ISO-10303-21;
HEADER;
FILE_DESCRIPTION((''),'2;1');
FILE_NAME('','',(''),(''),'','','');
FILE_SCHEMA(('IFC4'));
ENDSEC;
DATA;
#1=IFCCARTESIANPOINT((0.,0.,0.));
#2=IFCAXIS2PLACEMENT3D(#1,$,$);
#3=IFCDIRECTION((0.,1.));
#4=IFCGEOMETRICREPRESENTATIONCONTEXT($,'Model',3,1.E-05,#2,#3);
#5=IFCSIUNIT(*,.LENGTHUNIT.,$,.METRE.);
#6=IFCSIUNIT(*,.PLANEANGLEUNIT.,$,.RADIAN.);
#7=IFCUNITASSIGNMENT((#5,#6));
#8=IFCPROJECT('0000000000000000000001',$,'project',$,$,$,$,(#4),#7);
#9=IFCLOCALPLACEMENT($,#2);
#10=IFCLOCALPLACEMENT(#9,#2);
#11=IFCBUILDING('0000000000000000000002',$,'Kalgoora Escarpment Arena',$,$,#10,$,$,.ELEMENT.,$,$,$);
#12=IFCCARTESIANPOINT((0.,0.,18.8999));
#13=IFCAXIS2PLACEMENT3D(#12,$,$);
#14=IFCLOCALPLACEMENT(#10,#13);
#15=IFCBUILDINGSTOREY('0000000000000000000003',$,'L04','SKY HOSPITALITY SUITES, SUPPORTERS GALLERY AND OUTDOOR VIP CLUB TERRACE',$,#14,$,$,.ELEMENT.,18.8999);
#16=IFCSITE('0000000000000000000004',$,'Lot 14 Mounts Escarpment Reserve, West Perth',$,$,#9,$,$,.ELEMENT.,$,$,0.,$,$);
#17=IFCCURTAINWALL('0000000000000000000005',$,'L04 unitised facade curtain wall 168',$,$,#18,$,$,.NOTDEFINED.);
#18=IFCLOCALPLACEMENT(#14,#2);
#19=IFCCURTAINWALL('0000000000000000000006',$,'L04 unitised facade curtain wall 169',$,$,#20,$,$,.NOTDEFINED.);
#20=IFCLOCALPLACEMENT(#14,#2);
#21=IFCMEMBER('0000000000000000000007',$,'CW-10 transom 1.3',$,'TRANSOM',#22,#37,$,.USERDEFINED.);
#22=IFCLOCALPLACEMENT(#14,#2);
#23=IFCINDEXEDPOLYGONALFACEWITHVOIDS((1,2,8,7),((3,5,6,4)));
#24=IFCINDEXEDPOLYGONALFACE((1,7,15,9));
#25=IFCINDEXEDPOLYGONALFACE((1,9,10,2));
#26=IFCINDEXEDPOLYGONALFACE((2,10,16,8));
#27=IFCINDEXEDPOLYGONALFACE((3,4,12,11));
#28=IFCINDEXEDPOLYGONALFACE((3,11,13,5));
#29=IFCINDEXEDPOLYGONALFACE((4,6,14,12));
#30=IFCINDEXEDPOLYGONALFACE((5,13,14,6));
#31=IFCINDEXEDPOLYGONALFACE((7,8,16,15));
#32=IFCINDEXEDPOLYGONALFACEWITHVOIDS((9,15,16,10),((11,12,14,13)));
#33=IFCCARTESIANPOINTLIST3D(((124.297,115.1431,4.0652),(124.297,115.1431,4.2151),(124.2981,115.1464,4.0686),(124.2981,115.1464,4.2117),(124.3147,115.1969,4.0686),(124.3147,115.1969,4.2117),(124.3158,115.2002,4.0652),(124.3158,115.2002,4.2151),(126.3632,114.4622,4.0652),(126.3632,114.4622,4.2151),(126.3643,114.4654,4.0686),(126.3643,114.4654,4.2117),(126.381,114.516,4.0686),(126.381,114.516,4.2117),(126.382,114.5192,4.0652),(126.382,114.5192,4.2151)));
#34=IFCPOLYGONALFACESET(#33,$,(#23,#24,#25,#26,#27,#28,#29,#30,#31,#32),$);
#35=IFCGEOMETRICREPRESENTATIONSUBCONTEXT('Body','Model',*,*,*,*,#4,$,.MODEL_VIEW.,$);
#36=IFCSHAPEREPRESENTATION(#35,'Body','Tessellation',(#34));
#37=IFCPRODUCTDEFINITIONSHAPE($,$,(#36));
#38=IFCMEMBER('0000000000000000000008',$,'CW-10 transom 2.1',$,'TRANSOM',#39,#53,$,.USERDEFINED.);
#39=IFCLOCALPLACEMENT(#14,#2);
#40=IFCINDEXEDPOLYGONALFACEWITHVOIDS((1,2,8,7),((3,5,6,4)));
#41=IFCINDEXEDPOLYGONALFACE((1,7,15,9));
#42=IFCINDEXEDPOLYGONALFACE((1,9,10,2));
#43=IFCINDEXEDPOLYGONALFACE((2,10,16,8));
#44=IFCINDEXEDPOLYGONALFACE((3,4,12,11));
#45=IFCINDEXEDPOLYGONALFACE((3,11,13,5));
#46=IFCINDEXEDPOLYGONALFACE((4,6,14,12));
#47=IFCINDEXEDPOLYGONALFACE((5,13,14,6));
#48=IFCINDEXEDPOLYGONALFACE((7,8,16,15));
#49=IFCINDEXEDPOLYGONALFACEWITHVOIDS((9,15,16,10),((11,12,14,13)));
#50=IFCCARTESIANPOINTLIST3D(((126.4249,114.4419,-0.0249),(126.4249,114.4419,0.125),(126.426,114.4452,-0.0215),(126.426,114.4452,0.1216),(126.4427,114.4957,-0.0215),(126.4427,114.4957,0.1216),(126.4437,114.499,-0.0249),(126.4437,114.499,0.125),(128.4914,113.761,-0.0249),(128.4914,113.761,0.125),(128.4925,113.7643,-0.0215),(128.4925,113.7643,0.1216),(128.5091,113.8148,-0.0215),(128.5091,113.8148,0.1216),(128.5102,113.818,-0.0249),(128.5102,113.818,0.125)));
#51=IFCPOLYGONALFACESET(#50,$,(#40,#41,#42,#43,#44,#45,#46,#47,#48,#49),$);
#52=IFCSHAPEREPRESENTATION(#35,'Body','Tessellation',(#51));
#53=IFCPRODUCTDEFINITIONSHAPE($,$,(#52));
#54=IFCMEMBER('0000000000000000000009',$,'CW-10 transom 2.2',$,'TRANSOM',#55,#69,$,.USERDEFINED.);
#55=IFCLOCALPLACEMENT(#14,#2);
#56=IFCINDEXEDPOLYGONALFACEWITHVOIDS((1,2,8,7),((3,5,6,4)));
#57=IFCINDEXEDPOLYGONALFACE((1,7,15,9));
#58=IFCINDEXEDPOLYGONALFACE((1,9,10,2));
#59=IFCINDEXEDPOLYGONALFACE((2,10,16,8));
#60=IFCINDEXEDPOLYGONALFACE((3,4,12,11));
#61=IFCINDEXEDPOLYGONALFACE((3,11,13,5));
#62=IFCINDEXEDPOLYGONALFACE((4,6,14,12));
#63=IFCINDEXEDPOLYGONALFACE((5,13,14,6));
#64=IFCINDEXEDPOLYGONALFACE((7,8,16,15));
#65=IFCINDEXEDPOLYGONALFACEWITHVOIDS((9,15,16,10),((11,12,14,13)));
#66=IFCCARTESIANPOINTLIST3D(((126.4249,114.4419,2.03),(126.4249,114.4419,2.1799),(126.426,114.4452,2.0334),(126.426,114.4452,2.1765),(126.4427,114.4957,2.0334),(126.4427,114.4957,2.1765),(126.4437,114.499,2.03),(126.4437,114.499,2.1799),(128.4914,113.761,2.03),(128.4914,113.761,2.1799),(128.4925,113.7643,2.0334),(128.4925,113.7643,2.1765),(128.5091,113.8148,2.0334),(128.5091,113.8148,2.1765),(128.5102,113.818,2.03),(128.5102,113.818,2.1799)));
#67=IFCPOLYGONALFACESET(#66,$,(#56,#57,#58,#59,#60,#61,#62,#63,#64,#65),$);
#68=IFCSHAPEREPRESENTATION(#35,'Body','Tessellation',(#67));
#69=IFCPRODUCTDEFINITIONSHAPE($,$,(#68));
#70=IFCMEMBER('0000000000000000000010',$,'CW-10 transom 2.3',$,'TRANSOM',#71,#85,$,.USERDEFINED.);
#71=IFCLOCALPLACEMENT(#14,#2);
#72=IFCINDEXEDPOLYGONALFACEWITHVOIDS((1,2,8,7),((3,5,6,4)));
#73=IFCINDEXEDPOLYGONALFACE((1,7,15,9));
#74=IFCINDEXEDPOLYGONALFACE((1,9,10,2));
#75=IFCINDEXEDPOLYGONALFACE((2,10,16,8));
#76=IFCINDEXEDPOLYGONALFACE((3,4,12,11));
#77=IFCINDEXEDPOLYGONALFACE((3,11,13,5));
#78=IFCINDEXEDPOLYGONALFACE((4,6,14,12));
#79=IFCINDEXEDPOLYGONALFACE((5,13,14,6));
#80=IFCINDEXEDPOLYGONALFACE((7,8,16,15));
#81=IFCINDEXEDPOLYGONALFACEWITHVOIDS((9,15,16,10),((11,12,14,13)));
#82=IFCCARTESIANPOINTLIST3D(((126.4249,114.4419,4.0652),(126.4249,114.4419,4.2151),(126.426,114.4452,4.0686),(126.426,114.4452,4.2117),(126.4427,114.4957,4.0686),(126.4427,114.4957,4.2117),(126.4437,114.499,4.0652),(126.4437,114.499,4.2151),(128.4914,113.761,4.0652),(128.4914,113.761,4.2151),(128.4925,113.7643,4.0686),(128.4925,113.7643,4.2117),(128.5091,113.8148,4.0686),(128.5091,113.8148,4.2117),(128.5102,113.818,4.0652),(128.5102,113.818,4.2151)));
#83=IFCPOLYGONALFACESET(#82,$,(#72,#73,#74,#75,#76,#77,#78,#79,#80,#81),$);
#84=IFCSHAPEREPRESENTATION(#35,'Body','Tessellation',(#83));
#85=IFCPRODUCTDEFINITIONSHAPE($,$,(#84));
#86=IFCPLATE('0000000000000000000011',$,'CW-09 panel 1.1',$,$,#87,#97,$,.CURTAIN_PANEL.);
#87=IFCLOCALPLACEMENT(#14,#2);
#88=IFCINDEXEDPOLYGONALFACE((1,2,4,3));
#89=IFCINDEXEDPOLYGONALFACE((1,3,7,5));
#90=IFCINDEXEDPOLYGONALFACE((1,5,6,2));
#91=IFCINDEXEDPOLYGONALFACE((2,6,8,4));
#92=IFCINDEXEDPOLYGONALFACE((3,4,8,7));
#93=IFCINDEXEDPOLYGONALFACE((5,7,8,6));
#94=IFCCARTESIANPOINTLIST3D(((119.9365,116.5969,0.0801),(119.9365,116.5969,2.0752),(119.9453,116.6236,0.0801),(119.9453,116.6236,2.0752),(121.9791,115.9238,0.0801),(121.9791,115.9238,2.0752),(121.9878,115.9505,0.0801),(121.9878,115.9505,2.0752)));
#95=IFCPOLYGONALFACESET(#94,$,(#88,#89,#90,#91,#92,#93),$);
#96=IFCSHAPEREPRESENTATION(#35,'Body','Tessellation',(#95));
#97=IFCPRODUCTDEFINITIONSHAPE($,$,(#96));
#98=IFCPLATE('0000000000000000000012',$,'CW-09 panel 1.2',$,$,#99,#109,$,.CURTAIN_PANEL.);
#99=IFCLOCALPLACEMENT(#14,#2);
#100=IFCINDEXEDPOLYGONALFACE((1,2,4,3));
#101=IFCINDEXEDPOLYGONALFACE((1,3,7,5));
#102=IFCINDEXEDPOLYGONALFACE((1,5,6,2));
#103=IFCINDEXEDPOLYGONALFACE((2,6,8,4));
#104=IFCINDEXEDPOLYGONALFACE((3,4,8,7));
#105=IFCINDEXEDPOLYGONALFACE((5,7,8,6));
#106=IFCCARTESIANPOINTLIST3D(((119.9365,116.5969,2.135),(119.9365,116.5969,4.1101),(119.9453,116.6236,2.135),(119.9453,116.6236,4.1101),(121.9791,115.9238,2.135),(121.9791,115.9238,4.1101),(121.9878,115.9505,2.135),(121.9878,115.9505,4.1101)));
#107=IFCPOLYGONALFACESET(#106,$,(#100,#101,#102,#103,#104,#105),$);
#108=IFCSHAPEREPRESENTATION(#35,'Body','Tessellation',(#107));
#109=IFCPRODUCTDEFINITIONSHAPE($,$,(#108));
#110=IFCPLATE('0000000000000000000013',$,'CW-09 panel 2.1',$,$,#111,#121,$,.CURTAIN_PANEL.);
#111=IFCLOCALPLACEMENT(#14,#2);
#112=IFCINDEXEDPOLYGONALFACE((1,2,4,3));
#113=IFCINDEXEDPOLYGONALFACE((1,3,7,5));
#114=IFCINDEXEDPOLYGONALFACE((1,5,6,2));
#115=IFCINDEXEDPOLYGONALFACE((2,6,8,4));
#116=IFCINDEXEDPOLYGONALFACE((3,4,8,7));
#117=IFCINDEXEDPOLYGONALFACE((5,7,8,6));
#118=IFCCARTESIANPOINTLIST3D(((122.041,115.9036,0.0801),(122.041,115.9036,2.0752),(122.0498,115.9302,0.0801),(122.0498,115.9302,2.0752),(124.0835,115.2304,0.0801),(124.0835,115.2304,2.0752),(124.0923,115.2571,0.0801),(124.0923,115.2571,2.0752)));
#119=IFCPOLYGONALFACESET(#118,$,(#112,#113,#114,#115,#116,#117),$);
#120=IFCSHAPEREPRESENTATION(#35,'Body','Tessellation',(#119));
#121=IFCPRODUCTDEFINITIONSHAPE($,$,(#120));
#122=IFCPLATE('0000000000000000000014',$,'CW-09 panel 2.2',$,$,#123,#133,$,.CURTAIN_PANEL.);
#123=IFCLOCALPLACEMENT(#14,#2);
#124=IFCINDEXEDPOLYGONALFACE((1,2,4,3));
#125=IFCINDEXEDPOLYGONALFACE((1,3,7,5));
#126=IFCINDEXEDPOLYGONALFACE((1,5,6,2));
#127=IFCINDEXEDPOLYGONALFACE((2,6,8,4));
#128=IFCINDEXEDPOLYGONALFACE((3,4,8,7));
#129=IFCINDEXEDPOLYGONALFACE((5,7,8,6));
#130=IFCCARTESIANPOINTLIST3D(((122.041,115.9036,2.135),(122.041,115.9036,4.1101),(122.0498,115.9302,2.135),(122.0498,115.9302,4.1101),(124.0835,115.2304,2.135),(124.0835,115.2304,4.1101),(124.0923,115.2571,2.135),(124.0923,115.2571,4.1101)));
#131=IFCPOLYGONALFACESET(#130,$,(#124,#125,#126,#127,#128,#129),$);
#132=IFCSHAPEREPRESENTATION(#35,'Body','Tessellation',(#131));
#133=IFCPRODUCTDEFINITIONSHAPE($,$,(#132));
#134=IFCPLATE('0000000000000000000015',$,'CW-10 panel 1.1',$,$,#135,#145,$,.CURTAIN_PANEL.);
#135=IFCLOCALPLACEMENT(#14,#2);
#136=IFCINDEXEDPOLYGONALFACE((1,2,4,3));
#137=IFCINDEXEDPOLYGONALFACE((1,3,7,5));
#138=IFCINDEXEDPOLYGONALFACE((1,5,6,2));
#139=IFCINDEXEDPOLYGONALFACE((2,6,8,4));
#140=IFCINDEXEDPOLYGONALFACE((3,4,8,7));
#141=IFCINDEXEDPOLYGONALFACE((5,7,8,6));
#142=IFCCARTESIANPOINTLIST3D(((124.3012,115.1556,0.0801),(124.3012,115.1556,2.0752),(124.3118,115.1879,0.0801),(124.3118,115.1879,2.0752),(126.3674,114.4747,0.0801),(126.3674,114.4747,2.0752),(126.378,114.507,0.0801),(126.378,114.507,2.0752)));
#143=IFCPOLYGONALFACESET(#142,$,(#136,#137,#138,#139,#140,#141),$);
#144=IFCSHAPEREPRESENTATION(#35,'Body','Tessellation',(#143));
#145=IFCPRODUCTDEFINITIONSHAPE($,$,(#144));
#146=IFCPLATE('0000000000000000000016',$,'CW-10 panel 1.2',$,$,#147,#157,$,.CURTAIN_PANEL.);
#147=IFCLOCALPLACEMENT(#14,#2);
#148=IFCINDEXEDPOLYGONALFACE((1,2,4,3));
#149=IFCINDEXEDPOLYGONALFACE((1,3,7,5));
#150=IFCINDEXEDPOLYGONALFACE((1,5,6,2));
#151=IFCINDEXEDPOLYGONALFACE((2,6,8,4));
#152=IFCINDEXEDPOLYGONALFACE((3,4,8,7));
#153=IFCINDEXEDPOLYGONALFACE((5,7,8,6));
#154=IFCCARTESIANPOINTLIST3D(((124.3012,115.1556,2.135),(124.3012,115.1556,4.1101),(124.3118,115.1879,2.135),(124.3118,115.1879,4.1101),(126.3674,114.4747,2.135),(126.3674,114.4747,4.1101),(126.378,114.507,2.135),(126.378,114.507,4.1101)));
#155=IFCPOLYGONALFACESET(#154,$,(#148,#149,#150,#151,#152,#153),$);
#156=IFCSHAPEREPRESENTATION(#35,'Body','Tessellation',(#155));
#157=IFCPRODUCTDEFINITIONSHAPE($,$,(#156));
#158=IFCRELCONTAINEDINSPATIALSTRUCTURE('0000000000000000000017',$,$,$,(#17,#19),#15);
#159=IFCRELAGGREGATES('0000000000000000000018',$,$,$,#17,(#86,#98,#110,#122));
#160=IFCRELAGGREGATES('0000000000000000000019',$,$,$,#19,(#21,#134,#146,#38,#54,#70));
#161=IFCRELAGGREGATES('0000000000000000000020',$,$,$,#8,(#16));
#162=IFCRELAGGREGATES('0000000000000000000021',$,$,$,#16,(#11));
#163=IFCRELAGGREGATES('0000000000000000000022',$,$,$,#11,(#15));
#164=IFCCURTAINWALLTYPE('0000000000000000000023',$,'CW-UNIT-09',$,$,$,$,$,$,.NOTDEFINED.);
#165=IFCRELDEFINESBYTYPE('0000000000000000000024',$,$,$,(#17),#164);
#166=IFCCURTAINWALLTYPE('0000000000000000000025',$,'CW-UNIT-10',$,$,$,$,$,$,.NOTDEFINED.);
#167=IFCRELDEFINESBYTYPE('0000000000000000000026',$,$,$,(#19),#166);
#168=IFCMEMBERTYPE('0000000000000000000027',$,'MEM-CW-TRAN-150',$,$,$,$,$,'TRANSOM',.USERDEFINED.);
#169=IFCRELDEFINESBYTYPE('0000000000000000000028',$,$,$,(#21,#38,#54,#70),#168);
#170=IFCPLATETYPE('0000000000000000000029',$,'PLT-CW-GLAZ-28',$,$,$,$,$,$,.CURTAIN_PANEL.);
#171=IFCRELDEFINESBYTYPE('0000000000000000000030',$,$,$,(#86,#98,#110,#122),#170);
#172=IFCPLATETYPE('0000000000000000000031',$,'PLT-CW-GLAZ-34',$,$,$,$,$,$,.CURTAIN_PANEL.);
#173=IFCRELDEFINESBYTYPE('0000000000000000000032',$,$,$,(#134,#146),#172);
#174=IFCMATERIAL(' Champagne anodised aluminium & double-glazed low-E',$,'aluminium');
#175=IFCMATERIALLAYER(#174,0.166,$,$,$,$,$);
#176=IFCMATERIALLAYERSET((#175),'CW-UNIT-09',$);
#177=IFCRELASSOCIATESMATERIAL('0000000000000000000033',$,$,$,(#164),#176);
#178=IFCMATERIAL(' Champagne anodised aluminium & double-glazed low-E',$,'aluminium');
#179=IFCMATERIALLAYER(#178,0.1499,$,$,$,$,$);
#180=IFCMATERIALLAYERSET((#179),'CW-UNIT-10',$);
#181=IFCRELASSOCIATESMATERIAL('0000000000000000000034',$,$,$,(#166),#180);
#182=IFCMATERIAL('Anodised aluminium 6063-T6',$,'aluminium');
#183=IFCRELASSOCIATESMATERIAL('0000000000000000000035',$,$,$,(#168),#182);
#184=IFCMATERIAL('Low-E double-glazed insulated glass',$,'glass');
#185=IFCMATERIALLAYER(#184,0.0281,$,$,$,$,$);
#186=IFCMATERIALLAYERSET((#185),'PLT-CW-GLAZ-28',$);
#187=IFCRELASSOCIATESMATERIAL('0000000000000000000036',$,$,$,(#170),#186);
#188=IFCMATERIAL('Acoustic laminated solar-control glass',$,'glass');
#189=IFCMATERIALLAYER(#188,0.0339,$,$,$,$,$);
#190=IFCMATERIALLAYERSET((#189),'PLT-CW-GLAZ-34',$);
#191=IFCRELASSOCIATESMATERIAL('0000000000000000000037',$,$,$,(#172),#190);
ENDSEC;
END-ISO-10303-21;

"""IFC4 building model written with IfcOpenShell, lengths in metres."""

from ifc_helpers import new_model, si_unit, direction, frame, origin, origin_2d, place, context, subcontext, project, spatial, rectangle, hollow_rectangle, extrude, material, layer, layer_set, material_profile, profile_set, type_object, element, aggregate, save


model = new_model("IFC4")

# Units and contexts
model_context = context("Model", 3, precision=1e-05, world=origin(), true_north=direction((0.0, 1.0)))
body_context = subcontext(model_context, "Body", "Model", "MODEL_VIEW")
ifc_project = project(units=[si_unit("LENGTHUNIT", "METRE"), si_unit("PLANEANGLEUNIT", "RADIAN")], contexts=[model_context])

# Site, building, storey
site_placement = place(None, origin())
site = spatial("IfcSite", under=ifc_project, at=site_placement, Name="Lot 14 Mounts Escarpment Reserve, West Perth", CompositionType="ELEMENT", RefElevation=0.0)
building_placement = place(site_placement, origin())
building = spatial("IfcBuilding", under=site, at=building_placement, Name="Kalgoora Escarpment Arena", CompositionType="ELEMENT")
storey_placement = place(building_placement, frame((0.0, 0.0, 18.8999)))
storey = spatial("IfcBuildingStorey", under=building, at=storey_placement, Name="L04", Description="SKY HOSPITALITY SUITES, SUPPORTERS GALLERY AND OUTDOOR VIP CLUB TERRACE", CompositionType="ELEMENT", Elevation=18.8999)

# Curtain walls
ifc_material_1 = material(Name=" Champagne anodised aluminium & double-glazed low-E", Category="aluminium")
ifc_layer_1 = layer(ifc_material_1, 0.166)
ifc_layer_set_1 = layer_set([ifc_layer_1], Name="CW-UNIT-09")
curtain_wall_type_1 = type_object("IfcCurtainWallType", Name="CW-UNIT-09", PredefinedType="NOTDEFINED", material=ifc_layer_set_1)
curtain_wall_1_placement = place(storey_placement, origin())
curtain_wall_1 = element("IfcCurtainWall", 1, at=curtain_wall_1_placement, inside=storey, type_object=curtain_wall_type_1, Name="L04 unitised facade curtain wall 168", PredefinedType="NOTDEFINED")
ifc_material_2 = material(Name=" Champagne anodised aluminium & double-glazed low-E", Category="aluminium")
ifc_layer_2 = layer(ifc_material_2, 0.1499)
ifc_layer_set_2 = layer_set([ifc_layer_2], Name="CW-UNIT-10")
curtain_wall_type_2 = type_object("IfcCurtainWallType", Name="CW-UNIT-10", PredefinedType="NOTDEFINED", material=ifc_layer_set_2)
curtain_wall_2_placement = place(storey_placement, origin())
curtain_wall_2 = element("IfcCurtainWall", 2, at=curtain_wall_2_placement, inside=storey, type_object=curtain_wall_type_2, Name="L04 unitised facade curtain wall 169", PredefinedType="NOTDEFINED")

# Members
ifc_material_3 = material(Name="Anodised aluminium 6063-T6", Category="aluminium")
ifc_material_profile_1 = material_profile(ifc_material_3, hollow_rectangle(XDim=0.0601, YDim=0.1499, WallThickness=0.0034, at=origin_2d()))
ifc_profile_set_1 = profile_set([ifc_material_profile_1], Name="Anodised aluminium 6063-T6")
member_type_1 = type_object("IfcMemberType", Name="MEM-CW-TRAN-150", ElementType="TRANSOM", PredefinedType="USERDEFINED", material=ifc_profile_set_1)
member_1_placement = place(storey_placement, frame((124.3064, 115.1716, 4.1401), z_axis=(0.949755, -0.312994, 0.0), x_axis=(0.312994, 0.949755, 0.0)))
member_1 = element("IfcMember", 3, at=member_1_placement, type_object=member_type_1, Name="CW-10 transom 1.3", ObjectType="TRANSOM", PredefinedType="USERDEFINED", context=body_context, shape_type="SweptSolid", body=[
    extrude(hollow_rectangle(XDim=0.0601, YDim=0.1499, WallThickness=0.0034, at=origin_2d()), origin(), (0.0, 0.0, 1.0), 2.1755),
])
member_2_placement = place(storey_placement, frame((126.4343, 114.4705, 0.05), z_axis=(0.949766, -0.312961, 0.0), x_axis=(0.312961, 0.949766, 0.0)))
member_2 = element("IfcMember", 4, at=member_2_placement, type_object=member_type_1, Name="CW-10 transom 2.1", ObjectType="TRANSOM", PredefinedType="USERDEFINED", context=body_context, shape_type="SweptSolid", body=[
    extrude(hollow_rectangle(XDim=0.0601, YDim=0.1499, WallThickness=0.0034, at=origin_2d()), origin(), (0.0, 0.0, 1.0), 2.1758),
])
member_3_placement = place(storey_placement, frame((126.4343, 114.4705, 2.105), z_axis=(0.949766, -0.312961, 0.0), x_axis=(0.312961, 0.949766, 0.0)))
member_3 = element("IfcMember", 5, at=member_3_placement, type_object=member_type_1, Name="CW-10 transom 2.2", ObjectType="TRANSOM", PredefinedType="USERDEFINED", context=body_context, shape_type="SweptSolid", body=[
    extrude(hollow_rectangle(XDim=0.0601, YDim=0.1499, WallThickness=0.0034, at=origin_2d()), origin(), (0.0, 0.0, 1.0), 2.1758),
])
member_4_placement = place(storey_placement, frame((126.4343, 114.4705, 4.1401), z_axis=(0.949766, -0.312961, 0.0), x_axis=(0.312961, 0.949766, 0.0)))
member_4 = element("IfcMember", 6, at=member_4_placement, type_object=member_type_1, Name="CW-10 transom 2.3", ObjectType="TRANSOM", PredefinedType="USERDEFINED", context=body_context, shape_type="SweptSolid", body=[
    extrude(hollow_rectangle(XDim=0.0601, YDim=0.1499, WallThickness=0.0034, at=origin_2d()), origin(), (0.0, 0.0, 1.0), 2.1758),
])

# Plates
ifc_material_4 = material(Name="Low-E double-glazed insulated glass", Category="glass")
ifc_layer_3 = layer(ifc_material_4, 0.0281)
ifc_layer_set_3 = layer_set([ifc_layer_3], Name="PLT-CW-GLAZ-28")
plate_type_1 = type_object("IfcPlateType", Name="PLT-CW-GLAZ-28", PredefinedType="CURTAIN_PANEL", material=ifc_layer_set_3)
plate_1_placement = place(storey_placement, frame((120.9622, 116.2737, 0.0801), z_axis=(0.0, 0.0, 1.0), x_axis=(0.949756, -0.31299, 0.0)))
plate_1 = element("IfcPlate", 7, at=plate_1_placement, type_object=plate_type_1, Name="CW-09 panel 1.1", PredefinedType="CURTAIN_PANEL", context=body_context, shape_type="SweptSolid", body=[
    extrude(rectangle(XDim=2.1506, YDim=0.0281, at=origin_2d()), origin(), (0.0, 0.0, 1.0), 1.9951),
])
plate_2_placement = place(storey_placement, frame((120.9622, 116.2737, 2.135), z_axis=(0.0, 0.0, 1.0), x_axis=(0.949756, -0.31299, 0.0)))
plate_2 = element("IfcPlate", 8, at=plate_2_placement, type_object=plate_type_1, Name="CW-09 panel 1.2", PredefinedType="CURTAIN_PANEL", context=body_context, shape_type="SweptSolid", body=[
    extrude(rectangle(XDim=2.1506, YDim=0.0281, at=origin_2d()), origin(), (0.0, 0.0, 1.0), 1.9751),
])
plate_3_placement = place(storey_placement, frame((123.0667, 115.5803, 0.0801), z_axis=(0.0, 0.0, 1.0), x_axis=(0.949756, -0.31299, 0.0)))
plate_3 = element("IfcPlate", 9, at=plate_3_placement, type_object=plate_type_1, Name="CW-09 panel 2.1", PredefinedType="CURTAIN_PANEL", context=body_context, shape_type="SweptSolid", body=[
    extrude(rectangle(XDim=2.1506, YDim=0.0281, at=origin_2d()), origin(), (0.0, 0.0, 1.0), 1.9951),
])
plate_4_placement = place(storey_placement, frame((123.0667, 115.5803, 2.135), z_axis=(0.0, 0.0, 1.0), x_axis=(0.949756, -0.31299, 0.0)))
plate_4 = element("IfcPlate", 10, at=plate_4_placement, type_object=plate_type_1, Name="CW-09 panel 2.2", PredefinedType="CURTAIN_PANEL", context=body_context, shape_type="SweptSolid", body=[
    extrude(rectangle(XDim=2.1506, YDim=0.0281, at=origin_2d()), origin(), (0.0, 0.0, 1.0), 1.9751),
])
aggregate(curtain_wall_1, [plate_1, plate_2, plate_3, plate_4])
ifc_material_5 = material(Name="Acoustic laminated solar-control glass", Category="glass")
ifc_layer_4 = layer(ifc_material_5, 0.0339)
ifc_layer_set_4 = layer_set([ifc_layer_4], Name="PLT-CW-GLAZ-34")
plate_type_2 = type_object("IfcPlateType", Name="PLT-CW-GLAZ-34", PredefinedType="CURTAIN_PANEL", material=ifc_layer_set_4)
plate_5_placement = place(storey_placement, frame((125.3396, 114.8313, 0.0801), z_axis=(0.0, 0.0, 1.0), x_axis=(0.949758, -0.312986, 0.0)))
plate_5 = element("IfcPlate", 11, at=plate_5_placement, type_object=plate_type_2, Name="CW-10 panel 1.1", PredefinedType="CURTAIN_PANEL", context=body_context, shape_type="SweptSolid", body=[
    extrude(rectangle(XDim=2.1755, YDim=0.0339, at=origin_2d()), origin(), (0.0, 0.0, 1.0), 1.9951),
])
plate_6_placement = place(storey_placement, frame((125.3396, 114.8313, 2.135), z_axis=(0.0, 0.0, 1.0), x_axis=(0.949758, -0.312986, 0.0)))
plate_6 = element("IfcPlate", 12, at=plate_6_placement, type_object=plate_type_2, Name="CW-10 panel 1.2", PredefinedType="CURTAIN_PANEL", context=body_context, shape_type="SweptSolid", body=[
    extrude(rectangle(XDim=2.1755, YDim=0.0339, at=origin_2d()), origin(), (0.0, 0.0, 1.0), 1.9751),
])
aggregate(curtain_wall_2, [member_1, plate_5, plate_6, member_2, member_3, member_4])

save(model, "model.ifc")
